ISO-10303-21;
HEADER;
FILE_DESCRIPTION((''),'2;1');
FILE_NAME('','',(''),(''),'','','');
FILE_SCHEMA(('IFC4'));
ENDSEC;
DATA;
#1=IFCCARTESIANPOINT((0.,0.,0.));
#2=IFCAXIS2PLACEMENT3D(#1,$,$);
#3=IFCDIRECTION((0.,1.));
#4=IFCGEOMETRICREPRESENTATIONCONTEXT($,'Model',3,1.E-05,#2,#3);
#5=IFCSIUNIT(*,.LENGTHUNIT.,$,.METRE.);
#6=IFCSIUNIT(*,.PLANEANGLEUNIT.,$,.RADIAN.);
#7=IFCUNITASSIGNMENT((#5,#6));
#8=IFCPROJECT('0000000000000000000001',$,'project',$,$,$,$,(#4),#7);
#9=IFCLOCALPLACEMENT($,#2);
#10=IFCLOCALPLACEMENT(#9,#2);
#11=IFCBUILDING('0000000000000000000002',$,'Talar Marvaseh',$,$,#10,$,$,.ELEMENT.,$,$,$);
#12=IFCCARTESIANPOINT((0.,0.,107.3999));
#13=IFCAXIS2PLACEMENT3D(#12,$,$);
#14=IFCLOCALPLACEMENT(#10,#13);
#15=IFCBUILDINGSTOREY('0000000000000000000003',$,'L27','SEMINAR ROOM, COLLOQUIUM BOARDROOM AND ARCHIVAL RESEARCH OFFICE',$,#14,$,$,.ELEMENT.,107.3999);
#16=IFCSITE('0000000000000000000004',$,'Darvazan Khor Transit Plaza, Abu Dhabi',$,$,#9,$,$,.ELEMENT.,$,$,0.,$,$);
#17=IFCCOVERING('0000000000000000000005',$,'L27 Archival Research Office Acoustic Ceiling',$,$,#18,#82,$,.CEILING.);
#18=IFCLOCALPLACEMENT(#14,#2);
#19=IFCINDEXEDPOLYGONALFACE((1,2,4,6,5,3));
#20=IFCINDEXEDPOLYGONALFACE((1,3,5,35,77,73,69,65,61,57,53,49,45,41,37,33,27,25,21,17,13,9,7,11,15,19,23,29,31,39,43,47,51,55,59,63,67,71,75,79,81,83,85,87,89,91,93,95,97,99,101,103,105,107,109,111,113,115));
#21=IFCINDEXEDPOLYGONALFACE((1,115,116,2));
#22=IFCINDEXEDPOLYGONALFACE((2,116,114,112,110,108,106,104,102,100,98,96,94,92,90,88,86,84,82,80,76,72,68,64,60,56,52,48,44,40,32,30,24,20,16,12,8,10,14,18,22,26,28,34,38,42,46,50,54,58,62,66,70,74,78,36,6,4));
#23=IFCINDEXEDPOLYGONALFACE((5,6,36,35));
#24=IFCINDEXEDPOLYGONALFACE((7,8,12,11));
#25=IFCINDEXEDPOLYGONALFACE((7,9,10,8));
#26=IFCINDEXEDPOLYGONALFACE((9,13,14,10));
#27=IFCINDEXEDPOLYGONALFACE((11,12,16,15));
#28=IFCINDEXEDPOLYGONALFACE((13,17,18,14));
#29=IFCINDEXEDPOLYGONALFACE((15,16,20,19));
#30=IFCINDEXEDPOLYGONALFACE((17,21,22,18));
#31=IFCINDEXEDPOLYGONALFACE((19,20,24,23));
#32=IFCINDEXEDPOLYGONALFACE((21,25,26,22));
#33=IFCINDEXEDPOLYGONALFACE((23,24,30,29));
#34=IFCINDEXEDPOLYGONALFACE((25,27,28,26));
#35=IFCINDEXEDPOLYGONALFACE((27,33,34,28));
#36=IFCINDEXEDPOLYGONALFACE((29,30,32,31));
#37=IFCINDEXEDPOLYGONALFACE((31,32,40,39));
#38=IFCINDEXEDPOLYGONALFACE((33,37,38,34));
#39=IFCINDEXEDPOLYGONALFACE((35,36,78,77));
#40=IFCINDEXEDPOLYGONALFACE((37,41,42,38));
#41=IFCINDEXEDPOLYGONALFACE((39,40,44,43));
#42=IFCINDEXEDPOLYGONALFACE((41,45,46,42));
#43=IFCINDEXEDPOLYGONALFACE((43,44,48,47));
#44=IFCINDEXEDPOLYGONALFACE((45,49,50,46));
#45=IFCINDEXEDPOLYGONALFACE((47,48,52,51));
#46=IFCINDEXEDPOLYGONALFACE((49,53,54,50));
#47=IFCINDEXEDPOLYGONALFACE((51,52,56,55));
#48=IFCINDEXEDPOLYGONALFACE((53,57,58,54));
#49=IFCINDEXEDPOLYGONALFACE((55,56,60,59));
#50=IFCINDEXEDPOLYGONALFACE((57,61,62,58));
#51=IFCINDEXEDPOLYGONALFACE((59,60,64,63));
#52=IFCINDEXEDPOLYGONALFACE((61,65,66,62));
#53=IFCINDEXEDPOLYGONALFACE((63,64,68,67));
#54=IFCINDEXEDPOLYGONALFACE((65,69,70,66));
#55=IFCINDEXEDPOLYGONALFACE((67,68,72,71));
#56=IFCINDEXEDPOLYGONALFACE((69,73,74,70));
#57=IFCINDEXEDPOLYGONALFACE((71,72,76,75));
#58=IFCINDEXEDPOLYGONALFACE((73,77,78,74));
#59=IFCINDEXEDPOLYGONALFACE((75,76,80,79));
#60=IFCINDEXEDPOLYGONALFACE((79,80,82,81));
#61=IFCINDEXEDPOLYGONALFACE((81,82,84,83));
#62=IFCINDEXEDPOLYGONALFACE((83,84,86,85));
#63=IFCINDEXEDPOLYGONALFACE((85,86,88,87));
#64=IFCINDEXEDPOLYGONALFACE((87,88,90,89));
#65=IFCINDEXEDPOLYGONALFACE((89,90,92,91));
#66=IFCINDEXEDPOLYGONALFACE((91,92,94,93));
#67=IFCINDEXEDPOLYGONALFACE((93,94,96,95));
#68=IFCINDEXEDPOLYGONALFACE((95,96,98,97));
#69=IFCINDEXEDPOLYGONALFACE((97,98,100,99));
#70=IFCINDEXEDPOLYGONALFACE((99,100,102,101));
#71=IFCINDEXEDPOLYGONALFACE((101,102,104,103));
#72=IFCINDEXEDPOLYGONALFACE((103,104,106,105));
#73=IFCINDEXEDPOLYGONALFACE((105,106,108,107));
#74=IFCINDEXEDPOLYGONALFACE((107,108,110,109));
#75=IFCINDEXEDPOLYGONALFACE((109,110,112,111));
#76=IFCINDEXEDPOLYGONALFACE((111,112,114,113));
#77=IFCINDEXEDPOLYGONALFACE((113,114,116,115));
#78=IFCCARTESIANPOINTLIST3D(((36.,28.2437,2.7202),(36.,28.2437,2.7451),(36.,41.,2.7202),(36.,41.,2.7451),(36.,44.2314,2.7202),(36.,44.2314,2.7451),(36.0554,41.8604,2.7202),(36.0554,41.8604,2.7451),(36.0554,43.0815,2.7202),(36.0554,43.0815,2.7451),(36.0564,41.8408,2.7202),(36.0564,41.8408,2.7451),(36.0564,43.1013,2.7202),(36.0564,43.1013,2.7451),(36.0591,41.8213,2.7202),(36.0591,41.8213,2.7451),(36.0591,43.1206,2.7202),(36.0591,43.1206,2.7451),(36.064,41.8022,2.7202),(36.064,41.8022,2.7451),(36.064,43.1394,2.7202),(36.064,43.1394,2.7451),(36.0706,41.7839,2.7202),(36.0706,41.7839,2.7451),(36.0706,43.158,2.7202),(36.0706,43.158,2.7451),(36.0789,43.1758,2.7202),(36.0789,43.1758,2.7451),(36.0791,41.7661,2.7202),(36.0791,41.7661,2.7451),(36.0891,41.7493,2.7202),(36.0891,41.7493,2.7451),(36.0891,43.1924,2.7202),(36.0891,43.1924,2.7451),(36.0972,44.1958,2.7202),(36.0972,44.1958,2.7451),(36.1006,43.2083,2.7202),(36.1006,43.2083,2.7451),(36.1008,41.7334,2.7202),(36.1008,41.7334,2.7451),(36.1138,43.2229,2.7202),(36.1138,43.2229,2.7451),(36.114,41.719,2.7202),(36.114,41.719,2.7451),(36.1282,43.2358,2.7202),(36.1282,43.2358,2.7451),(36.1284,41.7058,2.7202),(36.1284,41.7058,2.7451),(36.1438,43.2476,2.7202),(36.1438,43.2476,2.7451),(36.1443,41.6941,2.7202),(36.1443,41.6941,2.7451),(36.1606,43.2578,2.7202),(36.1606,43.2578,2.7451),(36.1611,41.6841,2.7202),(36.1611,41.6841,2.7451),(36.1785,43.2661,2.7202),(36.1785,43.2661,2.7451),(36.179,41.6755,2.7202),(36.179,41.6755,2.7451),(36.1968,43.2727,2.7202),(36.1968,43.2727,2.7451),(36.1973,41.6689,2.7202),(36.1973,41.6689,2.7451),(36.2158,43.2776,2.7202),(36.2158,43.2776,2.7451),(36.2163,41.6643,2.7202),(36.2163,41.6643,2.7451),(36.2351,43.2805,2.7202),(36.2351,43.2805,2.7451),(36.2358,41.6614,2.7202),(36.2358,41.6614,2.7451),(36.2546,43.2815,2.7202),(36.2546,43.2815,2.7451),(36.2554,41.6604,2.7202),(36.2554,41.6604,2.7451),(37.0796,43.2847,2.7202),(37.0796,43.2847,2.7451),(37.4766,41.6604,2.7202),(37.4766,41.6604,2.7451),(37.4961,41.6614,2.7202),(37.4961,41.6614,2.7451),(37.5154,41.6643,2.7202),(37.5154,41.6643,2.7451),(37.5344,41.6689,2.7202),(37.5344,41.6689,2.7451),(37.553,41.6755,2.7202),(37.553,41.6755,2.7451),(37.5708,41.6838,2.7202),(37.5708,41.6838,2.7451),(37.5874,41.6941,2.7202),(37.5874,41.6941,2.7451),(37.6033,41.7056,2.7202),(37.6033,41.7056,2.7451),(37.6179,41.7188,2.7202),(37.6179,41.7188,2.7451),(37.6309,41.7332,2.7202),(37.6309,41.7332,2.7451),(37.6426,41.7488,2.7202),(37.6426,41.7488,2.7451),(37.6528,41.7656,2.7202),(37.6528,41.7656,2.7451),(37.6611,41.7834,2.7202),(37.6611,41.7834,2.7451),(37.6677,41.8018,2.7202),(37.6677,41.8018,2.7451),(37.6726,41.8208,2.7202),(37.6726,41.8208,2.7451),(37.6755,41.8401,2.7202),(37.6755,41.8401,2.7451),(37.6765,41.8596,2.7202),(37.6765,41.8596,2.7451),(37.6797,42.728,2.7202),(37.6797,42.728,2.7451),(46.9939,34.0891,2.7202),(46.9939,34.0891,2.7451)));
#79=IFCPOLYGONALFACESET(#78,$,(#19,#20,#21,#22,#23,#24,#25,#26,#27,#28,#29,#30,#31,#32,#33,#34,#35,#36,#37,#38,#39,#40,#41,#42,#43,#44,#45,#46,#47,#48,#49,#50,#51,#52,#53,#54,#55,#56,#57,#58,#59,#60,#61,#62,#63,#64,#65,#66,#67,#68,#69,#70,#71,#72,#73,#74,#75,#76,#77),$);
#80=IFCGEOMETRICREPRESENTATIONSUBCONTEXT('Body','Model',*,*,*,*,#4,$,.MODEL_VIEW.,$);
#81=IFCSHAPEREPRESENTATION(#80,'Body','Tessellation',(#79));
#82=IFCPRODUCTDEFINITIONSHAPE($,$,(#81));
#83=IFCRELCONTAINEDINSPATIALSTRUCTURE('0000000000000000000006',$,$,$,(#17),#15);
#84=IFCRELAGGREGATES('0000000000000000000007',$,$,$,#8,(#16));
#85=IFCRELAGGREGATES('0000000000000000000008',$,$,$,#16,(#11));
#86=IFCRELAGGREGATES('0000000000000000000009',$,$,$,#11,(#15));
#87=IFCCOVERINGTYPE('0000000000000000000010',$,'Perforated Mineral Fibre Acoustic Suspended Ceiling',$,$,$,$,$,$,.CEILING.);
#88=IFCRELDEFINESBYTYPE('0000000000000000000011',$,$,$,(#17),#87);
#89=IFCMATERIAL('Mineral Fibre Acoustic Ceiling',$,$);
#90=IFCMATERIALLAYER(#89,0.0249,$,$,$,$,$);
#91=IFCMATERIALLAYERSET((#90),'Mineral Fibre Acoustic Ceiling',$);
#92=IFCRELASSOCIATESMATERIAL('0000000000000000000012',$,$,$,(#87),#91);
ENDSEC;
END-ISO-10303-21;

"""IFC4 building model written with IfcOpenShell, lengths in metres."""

from ifc_helpers import new_model, si_unit, direction, frame, origin, place, context, subcontext, project, spatial, polyline, outline, extrude, material, layer, layer_set, type_object, element, save


model = new_model("IFC4")

# Units and contexts
model_context = context("Model", 3, precision=1e-05, world=origin(), true_north=direction((0.0, 1.0)))
body_context = subcontext(model_context, "Body", "Model", "MODEL_VIEW")
ifc_project = project(units=[si_unit("LENGTHUNIT", "METRE"), si_unit("PLANEANGLEUNIT", "RADIAN")], contexts=[model_context])

# Site, building, storey
site_placement = place(None, origin())
site = spatial("IfcSite", under=ifc_project, at=site_placement, Name="Darvazan Khor Transit Plaza, Abu Dhabi", CompositionType="ELEMENT", RefElevation=0.0)
building_placement = place(site_placement, origin())
building = spatial("IfcBuilding", under=site, at=building_placement, Name="Talar Marvaseh", CompositionType="ELEMENT")
storey_placement = place(building_placement, frame((0.0, 0.0, 107.3999)))
storey = spatial("IfcBuildingStorey", under=building, at=storey_placement, Name="L27", Description="SEMINAR ROOM, COLLOQUIUM BOARDROOM AND ARCHIVAL RESEARCH OFFICE", CompositionType="ELEMENT", Elevation=107.3999)

# Covering
ifc_material_1 = material(Name="Mineral Fibre Acoustic Ceiling")
ifc_layer_1 = layer(ifc_material_1, 0.0249)
ifc_layer_set_1 = layer_set([ifc_layer_1], Name="Mineral Fibre Acoustic Ceiling")
covering_type_1 = type_object("IfcCoveringType", Name="Perforated Mineral Fibre Acoustic Suspended Ceiling", PredefinedType="CEILING", material=ifc_layer_set_1)
covering_1_placement = place(storey_placement, frame((0.0, 0.0, 2.7202)))
element("IfcCovering", 1, at=covering_1_placement, inside=storey, type_object=covering_type_1, Name="L27 Archival Research Office Acoustic Ceiling", PredefinedType="CEILING", context=body_context, shape_type="SweptSolid", body=[
    extrude(outline(polyline([(36.2546, 43.2815), (36.2351, 43.2805), (36.2158, 43.2776), (36.1968, 43.2727), (36.1785, 43.2661), (36.1606, 43.2578), (36.1438, 43.2476), (36.1282, 43.2358), (36.1138, 43.2229), (36.1006, 43.2083), (36.0891, 43.1924), (36.0789, 43.1758), (36.0706, 43.158), (36.064, 43.1394), (36.0591, 43.1206), (36.0564, 43.1013), (36.0554, 43.0815), (36.0554, 41.8604), (36.0564, 41.8408), (36.0591, 41.8213), (36.064, 41.8022), (36.0706, 41.7839), (36.0791, 41.7661), (36.0891, 41.7493), (36.1008, 41.7334), (36.114, 41.719), (36.1284, 41.7058), (36.1443, 41.6941), (36.1611, 41.6841), (36.179, 41.6755), (36.1973, 41.6689), (36.2163, 41.6643), (36.2358, 41.6614), (36.2554, 41.6604), (37.4766, 41.6604), (37.4961, 41.6614), (37.5154, 41.6643), (37.5344, 41.6689), (37.553, 41.6755), (37.5708, 41.6838), (37.5874, 41.6941), (37.6033, 41.7056), (37.6179, 41.7188), (37.6309, 41.7332), (37.6426, 41.7488), (37.6528, 41.7656), (37.6611, 41.7834), (37.6677, 41.8018), (37.6726, 41.8208), (37.6755, 41.8401), (37.6765, 41.8596), (37.6797, 42.728), (46.9939, 34.0891), (36.0, 28.2437), (36.0, 41.0), (36.0, 44.2314), (36.0972, 44.1958), (37.0796, 43.2847), (36.2546, 43.2815)])), origin(), (0.0, 0.0, 1.0), 0.0249),
])

save(model, "model.ifc")
